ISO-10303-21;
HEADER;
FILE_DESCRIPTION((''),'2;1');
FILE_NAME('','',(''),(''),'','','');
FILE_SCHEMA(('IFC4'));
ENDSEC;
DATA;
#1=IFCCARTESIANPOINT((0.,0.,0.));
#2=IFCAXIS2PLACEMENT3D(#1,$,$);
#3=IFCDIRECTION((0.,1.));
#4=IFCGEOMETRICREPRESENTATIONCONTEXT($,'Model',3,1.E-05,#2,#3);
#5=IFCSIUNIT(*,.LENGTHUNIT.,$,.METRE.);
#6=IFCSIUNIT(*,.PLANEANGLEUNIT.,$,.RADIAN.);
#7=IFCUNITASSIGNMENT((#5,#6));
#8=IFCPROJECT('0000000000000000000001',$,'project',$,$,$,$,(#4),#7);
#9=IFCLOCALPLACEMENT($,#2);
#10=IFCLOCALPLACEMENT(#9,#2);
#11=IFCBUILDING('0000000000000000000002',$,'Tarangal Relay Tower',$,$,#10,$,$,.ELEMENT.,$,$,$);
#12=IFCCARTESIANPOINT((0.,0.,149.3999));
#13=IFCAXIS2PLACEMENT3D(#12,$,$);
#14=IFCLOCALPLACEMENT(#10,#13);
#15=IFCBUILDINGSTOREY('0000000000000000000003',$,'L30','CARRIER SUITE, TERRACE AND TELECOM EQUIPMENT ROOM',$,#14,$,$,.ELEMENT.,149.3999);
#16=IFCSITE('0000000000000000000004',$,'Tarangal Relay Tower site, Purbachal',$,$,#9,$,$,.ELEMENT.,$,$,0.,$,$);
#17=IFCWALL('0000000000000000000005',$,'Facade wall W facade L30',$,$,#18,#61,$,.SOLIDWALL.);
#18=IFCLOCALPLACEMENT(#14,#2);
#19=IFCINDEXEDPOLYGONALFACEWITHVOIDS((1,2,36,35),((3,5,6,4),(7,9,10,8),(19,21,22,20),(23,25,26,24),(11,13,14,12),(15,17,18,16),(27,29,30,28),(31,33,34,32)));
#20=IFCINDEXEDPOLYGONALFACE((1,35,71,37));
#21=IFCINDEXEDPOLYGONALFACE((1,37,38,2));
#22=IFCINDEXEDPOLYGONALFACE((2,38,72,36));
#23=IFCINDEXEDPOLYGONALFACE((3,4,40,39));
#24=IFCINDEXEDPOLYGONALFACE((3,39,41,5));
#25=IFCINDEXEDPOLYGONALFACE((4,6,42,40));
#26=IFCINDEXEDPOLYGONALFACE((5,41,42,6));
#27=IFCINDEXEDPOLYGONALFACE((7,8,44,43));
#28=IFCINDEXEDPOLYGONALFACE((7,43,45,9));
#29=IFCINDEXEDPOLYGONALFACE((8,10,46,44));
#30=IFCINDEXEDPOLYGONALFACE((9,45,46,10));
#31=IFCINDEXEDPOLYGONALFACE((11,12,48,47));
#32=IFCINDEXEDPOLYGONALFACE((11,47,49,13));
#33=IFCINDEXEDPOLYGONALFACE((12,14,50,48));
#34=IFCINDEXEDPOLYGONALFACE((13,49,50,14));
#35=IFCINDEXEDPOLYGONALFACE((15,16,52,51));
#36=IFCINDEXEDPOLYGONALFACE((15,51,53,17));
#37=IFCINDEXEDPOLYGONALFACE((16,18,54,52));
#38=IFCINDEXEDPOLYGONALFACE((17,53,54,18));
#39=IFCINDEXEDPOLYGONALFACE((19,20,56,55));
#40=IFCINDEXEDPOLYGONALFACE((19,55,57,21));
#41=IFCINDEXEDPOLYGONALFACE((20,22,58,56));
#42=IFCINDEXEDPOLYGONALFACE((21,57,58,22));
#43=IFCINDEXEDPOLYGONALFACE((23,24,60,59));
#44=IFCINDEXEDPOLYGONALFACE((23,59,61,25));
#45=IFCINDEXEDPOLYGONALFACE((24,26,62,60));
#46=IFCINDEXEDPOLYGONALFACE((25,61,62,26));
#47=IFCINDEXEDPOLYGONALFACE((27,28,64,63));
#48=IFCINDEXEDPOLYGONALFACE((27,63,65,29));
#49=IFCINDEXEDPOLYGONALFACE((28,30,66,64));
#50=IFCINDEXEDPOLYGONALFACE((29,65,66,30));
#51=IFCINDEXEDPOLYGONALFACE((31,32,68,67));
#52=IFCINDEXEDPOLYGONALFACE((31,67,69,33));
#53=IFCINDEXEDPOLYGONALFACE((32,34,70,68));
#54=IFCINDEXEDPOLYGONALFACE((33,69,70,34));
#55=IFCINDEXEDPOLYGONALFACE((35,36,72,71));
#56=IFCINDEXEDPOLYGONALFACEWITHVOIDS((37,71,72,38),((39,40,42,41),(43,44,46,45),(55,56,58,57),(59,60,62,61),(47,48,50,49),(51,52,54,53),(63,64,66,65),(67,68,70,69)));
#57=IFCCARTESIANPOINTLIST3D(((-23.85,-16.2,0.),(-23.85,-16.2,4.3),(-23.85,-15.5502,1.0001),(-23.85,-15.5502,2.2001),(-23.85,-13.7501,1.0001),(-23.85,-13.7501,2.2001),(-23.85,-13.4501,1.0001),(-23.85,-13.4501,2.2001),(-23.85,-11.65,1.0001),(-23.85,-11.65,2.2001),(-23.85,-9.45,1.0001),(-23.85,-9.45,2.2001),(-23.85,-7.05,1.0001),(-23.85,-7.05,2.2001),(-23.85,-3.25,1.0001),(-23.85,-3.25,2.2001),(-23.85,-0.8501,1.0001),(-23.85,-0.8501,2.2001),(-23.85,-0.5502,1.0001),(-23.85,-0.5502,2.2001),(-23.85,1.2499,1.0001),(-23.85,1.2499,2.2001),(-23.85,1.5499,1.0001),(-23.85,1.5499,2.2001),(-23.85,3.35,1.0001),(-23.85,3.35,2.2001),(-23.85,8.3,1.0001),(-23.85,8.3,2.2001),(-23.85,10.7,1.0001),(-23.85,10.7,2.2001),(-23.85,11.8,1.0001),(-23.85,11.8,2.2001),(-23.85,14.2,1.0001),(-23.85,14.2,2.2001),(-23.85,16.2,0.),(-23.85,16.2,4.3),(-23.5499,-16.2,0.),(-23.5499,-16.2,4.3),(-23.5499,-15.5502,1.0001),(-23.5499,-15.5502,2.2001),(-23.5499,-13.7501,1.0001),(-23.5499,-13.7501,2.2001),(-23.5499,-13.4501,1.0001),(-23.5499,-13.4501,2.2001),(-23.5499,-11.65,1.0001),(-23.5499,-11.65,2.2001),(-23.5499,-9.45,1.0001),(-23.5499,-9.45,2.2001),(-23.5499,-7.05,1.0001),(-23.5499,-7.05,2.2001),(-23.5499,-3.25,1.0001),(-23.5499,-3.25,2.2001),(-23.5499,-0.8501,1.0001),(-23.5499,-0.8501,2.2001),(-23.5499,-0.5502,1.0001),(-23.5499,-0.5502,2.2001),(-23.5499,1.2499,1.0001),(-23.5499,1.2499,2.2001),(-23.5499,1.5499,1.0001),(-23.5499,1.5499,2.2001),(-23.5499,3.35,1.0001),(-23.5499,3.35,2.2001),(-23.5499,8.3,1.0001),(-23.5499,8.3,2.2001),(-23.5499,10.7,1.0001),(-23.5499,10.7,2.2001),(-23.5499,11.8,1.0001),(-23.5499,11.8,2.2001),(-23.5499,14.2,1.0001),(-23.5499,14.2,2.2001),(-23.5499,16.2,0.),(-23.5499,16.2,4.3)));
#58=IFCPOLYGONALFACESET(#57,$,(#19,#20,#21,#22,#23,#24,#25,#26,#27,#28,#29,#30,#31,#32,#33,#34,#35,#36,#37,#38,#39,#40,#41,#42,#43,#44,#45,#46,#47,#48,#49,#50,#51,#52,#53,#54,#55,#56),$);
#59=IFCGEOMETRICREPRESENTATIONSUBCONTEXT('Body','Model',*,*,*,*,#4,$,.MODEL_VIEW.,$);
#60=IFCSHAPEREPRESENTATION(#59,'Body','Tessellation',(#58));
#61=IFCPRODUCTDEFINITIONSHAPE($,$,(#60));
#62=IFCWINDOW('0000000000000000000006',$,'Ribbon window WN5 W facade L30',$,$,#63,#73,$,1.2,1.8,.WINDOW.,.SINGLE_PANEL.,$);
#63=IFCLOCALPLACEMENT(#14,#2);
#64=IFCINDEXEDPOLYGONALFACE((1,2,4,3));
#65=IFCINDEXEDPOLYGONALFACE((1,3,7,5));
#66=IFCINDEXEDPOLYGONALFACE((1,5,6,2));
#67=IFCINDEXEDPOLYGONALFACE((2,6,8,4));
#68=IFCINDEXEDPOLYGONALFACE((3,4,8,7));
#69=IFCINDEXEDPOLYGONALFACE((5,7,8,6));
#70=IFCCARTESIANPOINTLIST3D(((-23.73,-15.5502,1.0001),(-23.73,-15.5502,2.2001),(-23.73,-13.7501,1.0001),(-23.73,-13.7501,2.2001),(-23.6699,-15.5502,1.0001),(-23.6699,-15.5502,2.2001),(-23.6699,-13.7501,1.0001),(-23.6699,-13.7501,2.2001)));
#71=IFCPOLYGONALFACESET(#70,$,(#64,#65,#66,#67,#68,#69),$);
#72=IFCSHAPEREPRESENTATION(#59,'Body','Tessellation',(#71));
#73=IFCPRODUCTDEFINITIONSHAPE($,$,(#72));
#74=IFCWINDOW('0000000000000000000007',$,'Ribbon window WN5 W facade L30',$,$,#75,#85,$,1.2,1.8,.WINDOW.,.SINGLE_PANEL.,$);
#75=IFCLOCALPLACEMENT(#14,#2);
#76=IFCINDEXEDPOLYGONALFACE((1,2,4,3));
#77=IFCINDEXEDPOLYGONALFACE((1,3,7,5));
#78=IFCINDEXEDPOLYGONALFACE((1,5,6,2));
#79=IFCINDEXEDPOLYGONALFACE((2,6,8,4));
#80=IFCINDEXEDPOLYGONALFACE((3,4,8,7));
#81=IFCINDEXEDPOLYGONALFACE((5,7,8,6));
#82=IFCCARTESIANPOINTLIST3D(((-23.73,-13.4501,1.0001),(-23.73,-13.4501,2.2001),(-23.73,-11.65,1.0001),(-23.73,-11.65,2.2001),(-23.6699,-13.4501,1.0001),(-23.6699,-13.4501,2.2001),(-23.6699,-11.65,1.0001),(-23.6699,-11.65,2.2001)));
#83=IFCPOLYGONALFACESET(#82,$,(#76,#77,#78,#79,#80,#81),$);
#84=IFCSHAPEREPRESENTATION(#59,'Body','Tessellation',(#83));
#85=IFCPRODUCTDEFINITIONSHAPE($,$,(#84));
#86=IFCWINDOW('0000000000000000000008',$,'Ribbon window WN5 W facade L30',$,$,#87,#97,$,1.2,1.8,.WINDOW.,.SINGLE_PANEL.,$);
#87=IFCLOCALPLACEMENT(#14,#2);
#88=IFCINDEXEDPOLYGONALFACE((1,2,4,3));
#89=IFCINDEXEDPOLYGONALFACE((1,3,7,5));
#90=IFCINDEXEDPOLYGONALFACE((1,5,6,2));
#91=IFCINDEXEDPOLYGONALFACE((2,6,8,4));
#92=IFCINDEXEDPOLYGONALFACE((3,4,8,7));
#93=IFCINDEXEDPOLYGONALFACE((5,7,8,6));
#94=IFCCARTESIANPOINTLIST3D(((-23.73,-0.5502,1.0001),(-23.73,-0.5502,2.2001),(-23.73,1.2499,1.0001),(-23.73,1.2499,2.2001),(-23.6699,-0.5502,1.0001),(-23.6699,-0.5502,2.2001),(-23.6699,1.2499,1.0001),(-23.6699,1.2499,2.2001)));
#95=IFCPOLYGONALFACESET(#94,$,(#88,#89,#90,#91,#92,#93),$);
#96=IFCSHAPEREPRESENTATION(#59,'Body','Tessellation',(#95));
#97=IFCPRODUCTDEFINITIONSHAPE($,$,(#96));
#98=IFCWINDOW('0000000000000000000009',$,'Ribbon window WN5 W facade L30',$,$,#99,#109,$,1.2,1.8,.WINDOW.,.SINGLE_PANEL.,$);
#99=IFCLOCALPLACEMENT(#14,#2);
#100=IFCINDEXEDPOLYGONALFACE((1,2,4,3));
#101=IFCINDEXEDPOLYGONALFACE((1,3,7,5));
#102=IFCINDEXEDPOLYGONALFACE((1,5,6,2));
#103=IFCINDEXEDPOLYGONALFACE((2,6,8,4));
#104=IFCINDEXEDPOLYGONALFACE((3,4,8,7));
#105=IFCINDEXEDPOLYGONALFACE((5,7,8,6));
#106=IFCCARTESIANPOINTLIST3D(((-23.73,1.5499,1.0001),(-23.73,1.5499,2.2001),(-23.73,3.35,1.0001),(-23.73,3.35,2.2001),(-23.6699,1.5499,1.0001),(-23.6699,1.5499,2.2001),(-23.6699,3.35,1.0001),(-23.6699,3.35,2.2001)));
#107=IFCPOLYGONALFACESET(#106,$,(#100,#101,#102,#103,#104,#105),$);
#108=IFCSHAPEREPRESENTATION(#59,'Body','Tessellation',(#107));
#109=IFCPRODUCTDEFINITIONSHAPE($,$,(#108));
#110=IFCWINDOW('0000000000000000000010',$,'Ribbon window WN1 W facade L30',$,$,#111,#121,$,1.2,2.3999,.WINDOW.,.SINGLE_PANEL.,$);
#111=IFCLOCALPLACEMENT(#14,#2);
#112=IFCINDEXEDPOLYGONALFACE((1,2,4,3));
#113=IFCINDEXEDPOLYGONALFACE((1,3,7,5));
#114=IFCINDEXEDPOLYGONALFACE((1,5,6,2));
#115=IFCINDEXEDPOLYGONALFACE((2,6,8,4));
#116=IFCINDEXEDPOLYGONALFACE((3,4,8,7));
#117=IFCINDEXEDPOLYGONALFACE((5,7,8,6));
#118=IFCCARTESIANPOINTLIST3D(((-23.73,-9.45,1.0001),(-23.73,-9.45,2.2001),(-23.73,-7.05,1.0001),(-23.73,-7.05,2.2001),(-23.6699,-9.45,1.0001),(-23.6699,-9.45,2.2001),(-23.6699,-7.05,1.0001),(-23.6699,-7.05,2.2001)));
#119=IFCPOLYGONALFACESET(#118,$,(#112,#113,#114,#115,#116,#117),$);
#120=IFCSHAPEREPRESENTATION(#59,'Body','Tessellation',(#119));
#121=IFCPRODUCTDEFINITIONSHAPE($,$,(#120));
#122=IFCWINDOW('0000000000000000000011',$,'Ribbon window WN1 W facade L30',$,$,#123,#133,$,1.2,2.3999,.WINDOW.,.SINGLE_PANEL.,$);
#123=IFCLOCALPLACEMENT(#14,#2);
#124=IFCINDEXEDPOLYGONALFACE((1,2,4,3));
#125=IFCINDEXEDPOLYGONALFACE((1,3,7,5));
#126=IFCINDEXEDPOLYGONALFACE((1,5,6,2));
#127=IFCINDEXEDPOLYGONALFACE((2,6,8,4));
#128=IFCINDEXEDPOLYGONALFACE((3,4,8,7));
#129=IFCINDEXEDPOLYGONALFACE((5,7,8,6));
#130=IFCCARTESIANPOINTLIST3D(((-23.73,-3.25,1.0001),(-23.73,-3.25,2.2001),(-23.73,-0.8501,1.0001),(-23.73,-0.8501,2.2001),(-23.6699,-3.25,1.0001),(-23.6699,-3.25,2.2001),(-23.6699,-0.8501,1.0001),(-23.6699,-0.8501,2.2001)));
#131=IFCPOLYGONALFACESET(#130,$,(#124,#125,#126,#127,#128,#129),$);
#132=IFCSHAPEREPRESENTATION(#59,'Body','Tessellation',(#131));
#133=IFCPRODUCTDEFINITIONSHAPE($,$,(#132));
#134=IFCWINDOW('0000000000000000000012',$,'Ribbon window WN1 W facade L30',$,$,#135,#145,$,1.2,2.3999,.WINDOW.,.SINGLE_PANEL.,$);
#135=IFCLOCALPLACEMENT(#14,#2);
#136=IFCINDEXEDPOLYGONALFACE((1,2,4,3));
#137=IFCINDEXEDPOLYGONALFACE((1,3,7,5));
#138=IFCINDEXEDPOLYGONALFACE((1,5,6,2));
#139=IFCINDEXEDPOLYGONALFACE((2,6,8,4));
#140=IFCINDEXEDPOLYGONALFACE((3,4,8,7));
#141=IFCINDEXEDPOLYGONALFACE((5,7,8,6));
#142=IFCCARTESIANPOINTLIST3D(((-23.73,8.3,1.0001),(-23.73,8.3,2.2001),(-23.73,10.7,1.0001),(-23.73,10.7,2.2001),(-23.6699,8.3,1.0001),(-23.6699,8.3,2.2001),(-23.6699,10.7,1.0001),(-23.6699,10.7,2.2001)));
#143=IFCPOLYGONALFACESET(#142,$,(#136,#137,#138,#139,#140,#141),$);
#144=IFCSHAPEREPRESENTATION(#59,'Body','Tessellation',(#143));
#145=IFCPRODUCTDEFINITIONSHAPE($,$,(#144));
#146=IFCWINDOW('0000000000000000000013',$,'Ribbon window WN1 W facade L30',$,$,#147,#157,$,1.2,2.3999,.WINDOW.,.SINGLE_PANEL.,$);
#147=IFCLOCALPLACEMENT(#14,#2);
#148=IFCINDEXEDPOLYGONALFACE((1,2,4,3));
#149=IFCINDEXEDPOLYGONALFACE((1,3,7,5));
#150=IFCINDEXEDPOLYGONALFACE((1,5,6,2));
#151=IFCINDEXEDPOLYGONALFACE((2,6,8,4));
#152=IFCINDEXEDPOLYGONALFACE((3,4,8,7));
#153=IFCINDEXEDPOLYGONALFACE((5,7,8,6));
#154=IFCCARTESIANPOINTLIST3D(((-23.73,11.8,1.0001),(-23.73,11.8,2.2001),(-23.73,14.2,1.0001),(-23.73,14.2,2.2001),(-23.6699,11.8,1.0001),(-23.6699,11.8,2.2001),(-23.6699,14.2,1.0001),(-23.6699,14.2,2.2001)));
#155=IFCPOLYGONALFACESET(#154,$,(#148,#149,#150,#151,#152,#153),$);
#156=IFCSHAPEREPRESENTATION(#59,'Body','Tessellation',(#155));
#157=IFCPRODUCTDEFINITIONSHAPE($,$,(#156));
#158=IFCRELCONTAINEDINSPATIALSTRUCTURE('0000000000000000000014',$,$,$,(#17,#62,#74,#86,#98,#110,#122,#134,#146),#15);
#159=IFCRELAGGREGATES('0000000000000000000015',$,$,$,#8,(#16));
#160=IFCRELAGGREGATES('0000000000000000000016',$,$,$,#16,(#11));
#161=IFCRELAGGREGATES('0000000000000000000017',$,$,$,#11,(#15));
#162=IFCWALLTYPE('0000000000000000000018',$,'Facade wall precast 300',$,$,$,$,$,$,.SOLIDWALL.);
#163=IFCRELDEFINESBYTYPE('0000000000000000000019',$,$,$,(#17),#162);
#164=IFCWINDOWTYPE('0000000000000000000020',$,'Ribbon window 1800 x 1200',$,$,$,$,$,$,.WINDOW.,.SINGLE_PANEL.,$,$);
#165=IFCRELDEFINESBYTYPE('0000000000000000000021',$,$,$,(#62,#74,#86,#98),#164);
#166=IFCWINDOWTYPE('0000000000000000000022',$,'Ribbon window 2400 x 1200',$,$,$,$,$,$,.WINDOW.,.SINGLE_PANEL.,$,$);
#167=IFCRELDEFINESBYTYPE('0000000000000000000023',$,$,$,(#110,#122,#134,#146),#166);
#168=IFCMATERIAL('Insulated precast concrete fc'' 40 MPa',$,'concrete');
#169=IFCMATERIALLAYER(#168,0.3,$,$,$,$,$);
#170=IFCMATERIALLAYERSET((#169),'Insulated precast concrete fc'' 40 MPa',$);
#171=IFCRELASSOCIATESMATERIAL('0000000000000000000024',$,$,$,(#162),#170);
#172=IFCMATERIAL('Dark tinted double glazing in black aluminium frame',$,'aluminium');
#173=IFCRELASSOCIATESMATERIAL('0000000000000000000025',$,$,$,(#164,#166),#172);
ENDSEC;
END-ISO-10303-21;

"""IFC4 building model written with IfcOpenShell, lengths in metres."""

from ifc_helpers import new_model, si_unit, direction, frame, frame_2d, origin, place, context, subcontext, project, spatial, rectangle, extrude, material, layer, layer_set, type_object, element, fill, save


model = new_model("IFC4")

# Units and contexts
model_context = context("Model", 3, precision=1e-05, world=origin(), true_north=direction((0.0, 1.0)))
body_context = subcontext(model_context, "Body", "Model", "MODEL_VIEW")
ifc_project = project(units=[si_unit("LENGTHUNIT", "METRE"), si_unit("PLANEANGLEUNIT", "RADIAN")], contexts=[model_context])

# Site, building, storey
site_placement = place(None, origin())
site = spatial("IfcSite", under=ifc_project, at=site_placement, Name="Tarangal Relay Tower site, Purbachal", CompositionType="ELEMENT", RefElevation=0.0)
building_placement = place(site_placement, origin())
building = spatial("IfcBuilding", under=site, at=building_placement, Name="Tarangal Relay Tower", CompositionType="ELEMENT")
storey_placement = place(building_placement, frame((0.0, 0.0, 149.3999)))
storey = spatial("IfcBuildingStorey", under=building, at=storey_placement, Name="L30", Description="CARRIER SUITE, TERRACE AND TELECOM EQUIPMENT ROOM", CompositionType="ELEMENT", Elevation=149.3999)

# Shared definitions
ifc_material_1 = material(Name="Insulated precast concrete fc' 40 MPa", Category="concrete")
ifc_layer_1 = layer(ifc_material_1, 0.3)
ifc_layer_set_1 = layer_set([ifc_layer_1], Name="Insulated precast concrete fc' 40 MPa")
wall_type_1 = type_object("IfcWallType", Name="Facade wall precast 300", PredefinedType="SOLIDWALL", material=ifc_layer_set_1)

# Wall, openings, windows
wall_1_placement = place(storey_placement, frame((-23.7, -16.2, 0.0), z_axis=(0.0, 0.0, 1.0), x_axis=(0.0, 1.0, 0.0)))
wall_1 = element("IfcWall", 1, at=wall_1_placement, inside=storey, type_object=wall_type_1, Name="Facade wall W facade L30", PredefinedType="SOLIDWALL", context=body_context, shape_type="SweptSolid", body=[
    extrude(rectangle(XDim=32.3999, YDim=0.3, at=frame_2d((16.2, 0.0))), origin(), (0.0, 0.0, 1.0), 4.3),
])
opening_1_placement = place(wall_1_placement, frame((0.6499, 0.0, 1.0)))
opening_1 = element("IfcOpeningElement", 2, at=opening_1_placement, cuts=wall_1, PredefinedType="OPENING", context=body_context, shape_type="SweptSolid", body=[
    extrude(rectangle(XDim=1.8, YDim=1.2, at=frame_2d((0.8999, 0.6001))), frame((0.0, 0.1599, 0.0), z_axis=(0.0, -1.0, 0.0), x_axis=(1.0, 0.0, 0.0)), (0.0, 0.0, 1.0), 0.3201),
])
opening_2_placement = place(wall_1_placement, frame((2.75, 0.0, 1.0)))
opening_2 = element("IfcOpeningElement", 3, at=opening_2_placement, cuts=wall_1, PredefinedType="OPENING", context=body_context, shape_type="SweptSolid", body=[
    extrude(rectangle(XDim=1.8, YDim=1.2, at=frame_2d((0.8999, 0.6001))), frame((0.0, 0.1599, 0.0), z_axis=(0.0, -1.0, 0.0), x_axis=(1.0, 0.0, 0.0)), (0.0, 0.0, 1.0), 0.3201),
])
opening_3_placement = place(wall_1_placement, frame((6.75, 0.0, 1.0)))
opening_3 = element("IfcOpeningElement", 4, at=opening_3_placement, cuts=wall_1, PredefinedType="OPENING", context=body_context, shape_type="SweptSolid", body=[
    extrude(rectangle(XDim=2.3999, YDim=1.2, at=frame_2d((1.2, 0.6001))), frame((0.0, 0.1599, 0.0), z_axis=(0.0, -1.0, 0.0), x_axis=(1.0, 0.0, 0.0)), (0.0, 0.0, 1.0), 0.3201),
])
opening_4_placement = place(wall_1_placement, frame((12.95, 0.0, 1.0)))
opening_4 = element("IfcOpeningElement", 5, at=opening_4_placement, cuts=wall_1, PredefinedType="OPENING", context=body_context, shape_type="SweptSolid", body=[
    extrude(rectangle(XDim=2.3999, YDim=1.2, at=frame_2d((1.2, 0.6001))), frame((0.0, 0.1599, 0.0), z_axis=(0.0, -1.0, 0.0), x_axis=(1.0, 0.0, 0.0)), (0.0, 0.0, 1.0), 0.3201),
])
opening_5_placement = place(wall_1_placement, frame((15.6499, 0.0, 1.0)))
opening_5 = element("IfcOpeningElement", 6, at=opening_5_placement, cuts=wall_1, PredefinedType="OPENING", context=body_context, shape_type="SweptSolid", body=[
    extrude(rectangle(XDim=1.8, YDim=1.2, at=frame_2d((0.8999, 0.6001))), frame((0.0, 0.1599, 0.0), z_axis=(0.0, -1.0, 0.0), x_axis=(1.0, 0.0, 0.0)), (0.0, 0.0, 1.0), 0.3201),
])
opening_6_placement = place(wall_1_placement, frame((17.75, 0.0, 1.0)))
opening_6 = element("IfcOpeningElement", 7, at=opening_6_placement, cuts=wall_1, PredefinedType="OPENING", context=body_context, shape_type="SweptSolid", body=[
    extrude(rectangle(XDim=1.8, YDim=1.2, at=frame_2d((0.8999, 0.6001))), frame((0.0, 0.1599, 0.0), z_axis=(0.0, -1.0, 0.0), x_axis=(1.0, 0.0, 0.0)), (0.0, 0.0, 1.0), 0.3201),
])
opening_7_placement = place(wall_1_placement, frame((24.5, 0.0, 1.0)))
opening_7 = element("IfcOpeningElement", 8, at=opening_7_placement, cuts=wall_1, PredefinedType="OPENING", context=body_context, shape_type="SweptSolid", body=[
    extrude(rectangle(XDim=2.3999, YDim=1.2, at=frame_2d((1.2, 0.6001))), frame((0.0, 0.1599, 0.0), z_axis=(0.0, -1.0, 0.0), x_axis=(1.0, 0.0, 0.0)), (0.0, 0.0, 1.0), 0.3201),
])
opening_8_placement = place(wall_1_placement, frame((28.0, 0.0, 1.0)))
opening_8 = element("IfcOpeningElement", 9, at=opening_8_placement, cuts=wall_1, PredefinedType="OPENING", context=body_context, shape_type="SweptSolid", body=[
    extrude(rectangle(XDim=2.3999, YDim=1.2, at=frame_2d((1.2, 0.6001))), frame((0.0, 0.1599, 0.0), z_axis=(0.0, -1.0, 0.0), x_axis=(1.0, 0.0, 0.0)), (0.0, 0.0, 1.0), 0.3201),
])
ifc_material_2 = material(Name="Dark tinted double glazing in black aluminium frame", Category="aluminium")
window_type_1 = type_object("IfcWindowType", Name="Ribbon window 1800 x 1200", PartitioningType="SINGLE_PANEL", PredefinedType="WINDOW", material=ifc_material_2)
window_1_placement = place(opening_1_placement, origin())
window_1 = element("IfcWindow", 10, at=window_1_placement, inside=storey, type_object=window_type_1, Name="Ribbon window WN5 W facade L30", OverallHeight=1.2, OverallWidth=1.8, PartitioningType="SINGLE_PANEL", PredefinedType="WINDOW", context=body_context, shape_type="SweptSolid", body=[
    extrude(rectangle(XDim=1.8, YDim=1.2, at=frame_2d((0.8999, 0.6001))), frame((0.0, 0.03, 0.0), z_axis=(0.0, -1.0, 0.0), x_axis=(1.0, 0.0, 0.0)), (0.0, 0.0, 1.0), 0.0601),
])
fill(opening_1, window_1)
window_2_placement = place(opening_2_placement, origin())
window_2 = element("IfcWindow", 11, at=window_2_placement, inside=storey, type_object=window_type_1, Name="Ribbon window WN5 W facade L30", OverallHeight=1.2, OverallWidth=1.8, PartitioningType="SINGLE_PANEL", PredefinedType="WINDOW", context=body_context, shape_type="SweptSolid", body=[
    extrude(rectangle(XDim=1.8, YDim=1.2, at=frame_2d((0.8999, 0.6001))), frame((0.0, 0.03, 0.0), z_axis=(0.0, -1.0, 0.0), x_axis=(1.0, 0.0, 0.0)), (0.0, 0.0, 1.0), 0.0601),
])
fill(opening_2, window_2)
window_3_placement = place(opening_5_placement, origin())
window_3 = element("IfcWindow", 12, at=window_3_placement, inside=storey, type_object=window_type_1, Name="Ribbon window WN5 W facade L30", OverallHeight=1.2, OverallWidth=1.8, PartitioningType="SINGLE_PANEL", PredefinedType="WINDOW", context=body_context, shape_type="SweptSolid", body=[
    extrude(rectangle(XDim=1.8, YDim=1.2, at=frame_2d((0.8999, 0.6001))), frame((0.0, 0.03, 0.0), z_axis=(0.0, -1.0, 0.0), x_axis=(1.0, 0.0, 0.0)), (0.0, 0.0, 1.0), 0.0601),
])
fill(opening_5, window_3)
window_4_placement = place(opening_6_placement, origin())
window_4 = element("IfcWindow", 13, at=window_4_placement, inside=storey, type_object=window_type_1, Name="Ribbon window WN5 W facade L30", OverallHeight=1.2, OverallWidth=1.8, PartitioningType="SINGLE_PANEL", PredefinedType="WINDOW", context=body_context, shape_type="SweptSolid", body=[
    extrude(rectangle(XDim=1.8, YDim=1.2, at=frame_2d((0.8999, 0.6001))), frame((0.0, 0.03, 0.0), z_axis=(0.0, -1.0, 0.0), x_axis=(1.0, 0.0, 0.0)), (0.0, 0.0, 1.0), 0.0601),
])
fill(opening_6, window_4)
window_type_2 = type_object("IfcWindowType", Name="Ribbon window 2400 x 1200", PartitioningType="SINGLE_PANEL", PredefinedType="WINDOW", material=ifc_material_2)
window_5_placement = place(opening_3_placement, origin())
window_5 = element("IfcWindow", 14, at=window_5_placement, inside=storey, type_object=window_type_2, Name="Ribbon window WN1 W facade L30", OverallHeight=1.2, OverallWidth=2.3999, PartitioningType="SINGLE_PANEL", PredefinedType="WINDOW", context=body_context, shape_type="SweptSolid", body=[
    extrude(rectangle(XDim=2.3999, YDim=1.2, at=frame_2d((1.2, 0.6001))), frame((0.0, 0.03, 0.0), z_axis=(0.0, -1.0, 0.0), x_axis=(1.0, 0.0, 0.0)), (0.0, 0.0, 1.0), 0.0601),
])
fill(opening_3, window_5)
window_6_placement = place(opening_4_placement, origin())
window_6 = element("IfcWindow", 15, at=window_6_placement, inside=storey, type_object=window_type_2, Name="Ribbon window WN1 W facade L30", OverallHeight=1.2, OverallWidth=2.3999, PartitioningType="SINGLE_PANEL", PredefinedType="WINDOW", context=body_context, shape_type="SweptSolid", body=[
    extrude(rectangle(XDim=2.3999, YDim=1.2, at=frame_2d((1.2, 0.6001))), frame((0.0, 0.03, 0.0), z_axis=(0.0, -1.0, 0.0), x_axis=(1.0, 0.0, 0.0)), (0.0, 0.0, 1.0), 0.0601),
])
fill(opening_4, window_6)
window_7_placement = place(opening_7_placement, origin())
window_7 = element("IfcWindow", 16, at=window_7_placement, inside=storey, type_object=window_type_2, Name="Ribbon window WN1 W facade L30", OverallHeight=1.2, OverallWidth=2.3999, PartitioningType="SINGLE_PANEL", PredefinedType="WINDOW", context=body_context, shape_type="SweptSolid", body=[
    extrude(rectangle(XDim=2.3999, YDim=1.2, at=frame_2d((1.2, 0.6001))), frame((0.0, 0.03, 0.0), z_axis=(0.0, -1.0, 0.0), x_axis=(1.0, 0.0, 0.0)), (0.0, 0.0, 1.0), 0.0601),
])
fill(opening_7, window_7)
window_8_placement = place(opening_8_placement, origin())
window_8 = element("IfcWindow", 17, at=window_8_placement, inside=storey, type_object=window_type_2, Name="Ribbon window WN1 W facade L30", OverallHeight=1.2, OverallWidth=2.3999, PartitioningType="SINGLE_PANEL", PredefinedType="WINDOW", context=body_context, shape_type="SweptSolid", body=[
    extrude(rectangle(XDim=2.3999, YDim=1.2, at=frame_2d((1.2, 0.6001))), frame((0.0, 0.03, 0.0), z_axis=(0.0, -1.0, 0.0), x_axis=(1.0, 0.0, 0.0)), (0.0, 0.0, 1.0), 0.0601),
])
fill(opening_8, window_8)

save(model, "model.ifc")
